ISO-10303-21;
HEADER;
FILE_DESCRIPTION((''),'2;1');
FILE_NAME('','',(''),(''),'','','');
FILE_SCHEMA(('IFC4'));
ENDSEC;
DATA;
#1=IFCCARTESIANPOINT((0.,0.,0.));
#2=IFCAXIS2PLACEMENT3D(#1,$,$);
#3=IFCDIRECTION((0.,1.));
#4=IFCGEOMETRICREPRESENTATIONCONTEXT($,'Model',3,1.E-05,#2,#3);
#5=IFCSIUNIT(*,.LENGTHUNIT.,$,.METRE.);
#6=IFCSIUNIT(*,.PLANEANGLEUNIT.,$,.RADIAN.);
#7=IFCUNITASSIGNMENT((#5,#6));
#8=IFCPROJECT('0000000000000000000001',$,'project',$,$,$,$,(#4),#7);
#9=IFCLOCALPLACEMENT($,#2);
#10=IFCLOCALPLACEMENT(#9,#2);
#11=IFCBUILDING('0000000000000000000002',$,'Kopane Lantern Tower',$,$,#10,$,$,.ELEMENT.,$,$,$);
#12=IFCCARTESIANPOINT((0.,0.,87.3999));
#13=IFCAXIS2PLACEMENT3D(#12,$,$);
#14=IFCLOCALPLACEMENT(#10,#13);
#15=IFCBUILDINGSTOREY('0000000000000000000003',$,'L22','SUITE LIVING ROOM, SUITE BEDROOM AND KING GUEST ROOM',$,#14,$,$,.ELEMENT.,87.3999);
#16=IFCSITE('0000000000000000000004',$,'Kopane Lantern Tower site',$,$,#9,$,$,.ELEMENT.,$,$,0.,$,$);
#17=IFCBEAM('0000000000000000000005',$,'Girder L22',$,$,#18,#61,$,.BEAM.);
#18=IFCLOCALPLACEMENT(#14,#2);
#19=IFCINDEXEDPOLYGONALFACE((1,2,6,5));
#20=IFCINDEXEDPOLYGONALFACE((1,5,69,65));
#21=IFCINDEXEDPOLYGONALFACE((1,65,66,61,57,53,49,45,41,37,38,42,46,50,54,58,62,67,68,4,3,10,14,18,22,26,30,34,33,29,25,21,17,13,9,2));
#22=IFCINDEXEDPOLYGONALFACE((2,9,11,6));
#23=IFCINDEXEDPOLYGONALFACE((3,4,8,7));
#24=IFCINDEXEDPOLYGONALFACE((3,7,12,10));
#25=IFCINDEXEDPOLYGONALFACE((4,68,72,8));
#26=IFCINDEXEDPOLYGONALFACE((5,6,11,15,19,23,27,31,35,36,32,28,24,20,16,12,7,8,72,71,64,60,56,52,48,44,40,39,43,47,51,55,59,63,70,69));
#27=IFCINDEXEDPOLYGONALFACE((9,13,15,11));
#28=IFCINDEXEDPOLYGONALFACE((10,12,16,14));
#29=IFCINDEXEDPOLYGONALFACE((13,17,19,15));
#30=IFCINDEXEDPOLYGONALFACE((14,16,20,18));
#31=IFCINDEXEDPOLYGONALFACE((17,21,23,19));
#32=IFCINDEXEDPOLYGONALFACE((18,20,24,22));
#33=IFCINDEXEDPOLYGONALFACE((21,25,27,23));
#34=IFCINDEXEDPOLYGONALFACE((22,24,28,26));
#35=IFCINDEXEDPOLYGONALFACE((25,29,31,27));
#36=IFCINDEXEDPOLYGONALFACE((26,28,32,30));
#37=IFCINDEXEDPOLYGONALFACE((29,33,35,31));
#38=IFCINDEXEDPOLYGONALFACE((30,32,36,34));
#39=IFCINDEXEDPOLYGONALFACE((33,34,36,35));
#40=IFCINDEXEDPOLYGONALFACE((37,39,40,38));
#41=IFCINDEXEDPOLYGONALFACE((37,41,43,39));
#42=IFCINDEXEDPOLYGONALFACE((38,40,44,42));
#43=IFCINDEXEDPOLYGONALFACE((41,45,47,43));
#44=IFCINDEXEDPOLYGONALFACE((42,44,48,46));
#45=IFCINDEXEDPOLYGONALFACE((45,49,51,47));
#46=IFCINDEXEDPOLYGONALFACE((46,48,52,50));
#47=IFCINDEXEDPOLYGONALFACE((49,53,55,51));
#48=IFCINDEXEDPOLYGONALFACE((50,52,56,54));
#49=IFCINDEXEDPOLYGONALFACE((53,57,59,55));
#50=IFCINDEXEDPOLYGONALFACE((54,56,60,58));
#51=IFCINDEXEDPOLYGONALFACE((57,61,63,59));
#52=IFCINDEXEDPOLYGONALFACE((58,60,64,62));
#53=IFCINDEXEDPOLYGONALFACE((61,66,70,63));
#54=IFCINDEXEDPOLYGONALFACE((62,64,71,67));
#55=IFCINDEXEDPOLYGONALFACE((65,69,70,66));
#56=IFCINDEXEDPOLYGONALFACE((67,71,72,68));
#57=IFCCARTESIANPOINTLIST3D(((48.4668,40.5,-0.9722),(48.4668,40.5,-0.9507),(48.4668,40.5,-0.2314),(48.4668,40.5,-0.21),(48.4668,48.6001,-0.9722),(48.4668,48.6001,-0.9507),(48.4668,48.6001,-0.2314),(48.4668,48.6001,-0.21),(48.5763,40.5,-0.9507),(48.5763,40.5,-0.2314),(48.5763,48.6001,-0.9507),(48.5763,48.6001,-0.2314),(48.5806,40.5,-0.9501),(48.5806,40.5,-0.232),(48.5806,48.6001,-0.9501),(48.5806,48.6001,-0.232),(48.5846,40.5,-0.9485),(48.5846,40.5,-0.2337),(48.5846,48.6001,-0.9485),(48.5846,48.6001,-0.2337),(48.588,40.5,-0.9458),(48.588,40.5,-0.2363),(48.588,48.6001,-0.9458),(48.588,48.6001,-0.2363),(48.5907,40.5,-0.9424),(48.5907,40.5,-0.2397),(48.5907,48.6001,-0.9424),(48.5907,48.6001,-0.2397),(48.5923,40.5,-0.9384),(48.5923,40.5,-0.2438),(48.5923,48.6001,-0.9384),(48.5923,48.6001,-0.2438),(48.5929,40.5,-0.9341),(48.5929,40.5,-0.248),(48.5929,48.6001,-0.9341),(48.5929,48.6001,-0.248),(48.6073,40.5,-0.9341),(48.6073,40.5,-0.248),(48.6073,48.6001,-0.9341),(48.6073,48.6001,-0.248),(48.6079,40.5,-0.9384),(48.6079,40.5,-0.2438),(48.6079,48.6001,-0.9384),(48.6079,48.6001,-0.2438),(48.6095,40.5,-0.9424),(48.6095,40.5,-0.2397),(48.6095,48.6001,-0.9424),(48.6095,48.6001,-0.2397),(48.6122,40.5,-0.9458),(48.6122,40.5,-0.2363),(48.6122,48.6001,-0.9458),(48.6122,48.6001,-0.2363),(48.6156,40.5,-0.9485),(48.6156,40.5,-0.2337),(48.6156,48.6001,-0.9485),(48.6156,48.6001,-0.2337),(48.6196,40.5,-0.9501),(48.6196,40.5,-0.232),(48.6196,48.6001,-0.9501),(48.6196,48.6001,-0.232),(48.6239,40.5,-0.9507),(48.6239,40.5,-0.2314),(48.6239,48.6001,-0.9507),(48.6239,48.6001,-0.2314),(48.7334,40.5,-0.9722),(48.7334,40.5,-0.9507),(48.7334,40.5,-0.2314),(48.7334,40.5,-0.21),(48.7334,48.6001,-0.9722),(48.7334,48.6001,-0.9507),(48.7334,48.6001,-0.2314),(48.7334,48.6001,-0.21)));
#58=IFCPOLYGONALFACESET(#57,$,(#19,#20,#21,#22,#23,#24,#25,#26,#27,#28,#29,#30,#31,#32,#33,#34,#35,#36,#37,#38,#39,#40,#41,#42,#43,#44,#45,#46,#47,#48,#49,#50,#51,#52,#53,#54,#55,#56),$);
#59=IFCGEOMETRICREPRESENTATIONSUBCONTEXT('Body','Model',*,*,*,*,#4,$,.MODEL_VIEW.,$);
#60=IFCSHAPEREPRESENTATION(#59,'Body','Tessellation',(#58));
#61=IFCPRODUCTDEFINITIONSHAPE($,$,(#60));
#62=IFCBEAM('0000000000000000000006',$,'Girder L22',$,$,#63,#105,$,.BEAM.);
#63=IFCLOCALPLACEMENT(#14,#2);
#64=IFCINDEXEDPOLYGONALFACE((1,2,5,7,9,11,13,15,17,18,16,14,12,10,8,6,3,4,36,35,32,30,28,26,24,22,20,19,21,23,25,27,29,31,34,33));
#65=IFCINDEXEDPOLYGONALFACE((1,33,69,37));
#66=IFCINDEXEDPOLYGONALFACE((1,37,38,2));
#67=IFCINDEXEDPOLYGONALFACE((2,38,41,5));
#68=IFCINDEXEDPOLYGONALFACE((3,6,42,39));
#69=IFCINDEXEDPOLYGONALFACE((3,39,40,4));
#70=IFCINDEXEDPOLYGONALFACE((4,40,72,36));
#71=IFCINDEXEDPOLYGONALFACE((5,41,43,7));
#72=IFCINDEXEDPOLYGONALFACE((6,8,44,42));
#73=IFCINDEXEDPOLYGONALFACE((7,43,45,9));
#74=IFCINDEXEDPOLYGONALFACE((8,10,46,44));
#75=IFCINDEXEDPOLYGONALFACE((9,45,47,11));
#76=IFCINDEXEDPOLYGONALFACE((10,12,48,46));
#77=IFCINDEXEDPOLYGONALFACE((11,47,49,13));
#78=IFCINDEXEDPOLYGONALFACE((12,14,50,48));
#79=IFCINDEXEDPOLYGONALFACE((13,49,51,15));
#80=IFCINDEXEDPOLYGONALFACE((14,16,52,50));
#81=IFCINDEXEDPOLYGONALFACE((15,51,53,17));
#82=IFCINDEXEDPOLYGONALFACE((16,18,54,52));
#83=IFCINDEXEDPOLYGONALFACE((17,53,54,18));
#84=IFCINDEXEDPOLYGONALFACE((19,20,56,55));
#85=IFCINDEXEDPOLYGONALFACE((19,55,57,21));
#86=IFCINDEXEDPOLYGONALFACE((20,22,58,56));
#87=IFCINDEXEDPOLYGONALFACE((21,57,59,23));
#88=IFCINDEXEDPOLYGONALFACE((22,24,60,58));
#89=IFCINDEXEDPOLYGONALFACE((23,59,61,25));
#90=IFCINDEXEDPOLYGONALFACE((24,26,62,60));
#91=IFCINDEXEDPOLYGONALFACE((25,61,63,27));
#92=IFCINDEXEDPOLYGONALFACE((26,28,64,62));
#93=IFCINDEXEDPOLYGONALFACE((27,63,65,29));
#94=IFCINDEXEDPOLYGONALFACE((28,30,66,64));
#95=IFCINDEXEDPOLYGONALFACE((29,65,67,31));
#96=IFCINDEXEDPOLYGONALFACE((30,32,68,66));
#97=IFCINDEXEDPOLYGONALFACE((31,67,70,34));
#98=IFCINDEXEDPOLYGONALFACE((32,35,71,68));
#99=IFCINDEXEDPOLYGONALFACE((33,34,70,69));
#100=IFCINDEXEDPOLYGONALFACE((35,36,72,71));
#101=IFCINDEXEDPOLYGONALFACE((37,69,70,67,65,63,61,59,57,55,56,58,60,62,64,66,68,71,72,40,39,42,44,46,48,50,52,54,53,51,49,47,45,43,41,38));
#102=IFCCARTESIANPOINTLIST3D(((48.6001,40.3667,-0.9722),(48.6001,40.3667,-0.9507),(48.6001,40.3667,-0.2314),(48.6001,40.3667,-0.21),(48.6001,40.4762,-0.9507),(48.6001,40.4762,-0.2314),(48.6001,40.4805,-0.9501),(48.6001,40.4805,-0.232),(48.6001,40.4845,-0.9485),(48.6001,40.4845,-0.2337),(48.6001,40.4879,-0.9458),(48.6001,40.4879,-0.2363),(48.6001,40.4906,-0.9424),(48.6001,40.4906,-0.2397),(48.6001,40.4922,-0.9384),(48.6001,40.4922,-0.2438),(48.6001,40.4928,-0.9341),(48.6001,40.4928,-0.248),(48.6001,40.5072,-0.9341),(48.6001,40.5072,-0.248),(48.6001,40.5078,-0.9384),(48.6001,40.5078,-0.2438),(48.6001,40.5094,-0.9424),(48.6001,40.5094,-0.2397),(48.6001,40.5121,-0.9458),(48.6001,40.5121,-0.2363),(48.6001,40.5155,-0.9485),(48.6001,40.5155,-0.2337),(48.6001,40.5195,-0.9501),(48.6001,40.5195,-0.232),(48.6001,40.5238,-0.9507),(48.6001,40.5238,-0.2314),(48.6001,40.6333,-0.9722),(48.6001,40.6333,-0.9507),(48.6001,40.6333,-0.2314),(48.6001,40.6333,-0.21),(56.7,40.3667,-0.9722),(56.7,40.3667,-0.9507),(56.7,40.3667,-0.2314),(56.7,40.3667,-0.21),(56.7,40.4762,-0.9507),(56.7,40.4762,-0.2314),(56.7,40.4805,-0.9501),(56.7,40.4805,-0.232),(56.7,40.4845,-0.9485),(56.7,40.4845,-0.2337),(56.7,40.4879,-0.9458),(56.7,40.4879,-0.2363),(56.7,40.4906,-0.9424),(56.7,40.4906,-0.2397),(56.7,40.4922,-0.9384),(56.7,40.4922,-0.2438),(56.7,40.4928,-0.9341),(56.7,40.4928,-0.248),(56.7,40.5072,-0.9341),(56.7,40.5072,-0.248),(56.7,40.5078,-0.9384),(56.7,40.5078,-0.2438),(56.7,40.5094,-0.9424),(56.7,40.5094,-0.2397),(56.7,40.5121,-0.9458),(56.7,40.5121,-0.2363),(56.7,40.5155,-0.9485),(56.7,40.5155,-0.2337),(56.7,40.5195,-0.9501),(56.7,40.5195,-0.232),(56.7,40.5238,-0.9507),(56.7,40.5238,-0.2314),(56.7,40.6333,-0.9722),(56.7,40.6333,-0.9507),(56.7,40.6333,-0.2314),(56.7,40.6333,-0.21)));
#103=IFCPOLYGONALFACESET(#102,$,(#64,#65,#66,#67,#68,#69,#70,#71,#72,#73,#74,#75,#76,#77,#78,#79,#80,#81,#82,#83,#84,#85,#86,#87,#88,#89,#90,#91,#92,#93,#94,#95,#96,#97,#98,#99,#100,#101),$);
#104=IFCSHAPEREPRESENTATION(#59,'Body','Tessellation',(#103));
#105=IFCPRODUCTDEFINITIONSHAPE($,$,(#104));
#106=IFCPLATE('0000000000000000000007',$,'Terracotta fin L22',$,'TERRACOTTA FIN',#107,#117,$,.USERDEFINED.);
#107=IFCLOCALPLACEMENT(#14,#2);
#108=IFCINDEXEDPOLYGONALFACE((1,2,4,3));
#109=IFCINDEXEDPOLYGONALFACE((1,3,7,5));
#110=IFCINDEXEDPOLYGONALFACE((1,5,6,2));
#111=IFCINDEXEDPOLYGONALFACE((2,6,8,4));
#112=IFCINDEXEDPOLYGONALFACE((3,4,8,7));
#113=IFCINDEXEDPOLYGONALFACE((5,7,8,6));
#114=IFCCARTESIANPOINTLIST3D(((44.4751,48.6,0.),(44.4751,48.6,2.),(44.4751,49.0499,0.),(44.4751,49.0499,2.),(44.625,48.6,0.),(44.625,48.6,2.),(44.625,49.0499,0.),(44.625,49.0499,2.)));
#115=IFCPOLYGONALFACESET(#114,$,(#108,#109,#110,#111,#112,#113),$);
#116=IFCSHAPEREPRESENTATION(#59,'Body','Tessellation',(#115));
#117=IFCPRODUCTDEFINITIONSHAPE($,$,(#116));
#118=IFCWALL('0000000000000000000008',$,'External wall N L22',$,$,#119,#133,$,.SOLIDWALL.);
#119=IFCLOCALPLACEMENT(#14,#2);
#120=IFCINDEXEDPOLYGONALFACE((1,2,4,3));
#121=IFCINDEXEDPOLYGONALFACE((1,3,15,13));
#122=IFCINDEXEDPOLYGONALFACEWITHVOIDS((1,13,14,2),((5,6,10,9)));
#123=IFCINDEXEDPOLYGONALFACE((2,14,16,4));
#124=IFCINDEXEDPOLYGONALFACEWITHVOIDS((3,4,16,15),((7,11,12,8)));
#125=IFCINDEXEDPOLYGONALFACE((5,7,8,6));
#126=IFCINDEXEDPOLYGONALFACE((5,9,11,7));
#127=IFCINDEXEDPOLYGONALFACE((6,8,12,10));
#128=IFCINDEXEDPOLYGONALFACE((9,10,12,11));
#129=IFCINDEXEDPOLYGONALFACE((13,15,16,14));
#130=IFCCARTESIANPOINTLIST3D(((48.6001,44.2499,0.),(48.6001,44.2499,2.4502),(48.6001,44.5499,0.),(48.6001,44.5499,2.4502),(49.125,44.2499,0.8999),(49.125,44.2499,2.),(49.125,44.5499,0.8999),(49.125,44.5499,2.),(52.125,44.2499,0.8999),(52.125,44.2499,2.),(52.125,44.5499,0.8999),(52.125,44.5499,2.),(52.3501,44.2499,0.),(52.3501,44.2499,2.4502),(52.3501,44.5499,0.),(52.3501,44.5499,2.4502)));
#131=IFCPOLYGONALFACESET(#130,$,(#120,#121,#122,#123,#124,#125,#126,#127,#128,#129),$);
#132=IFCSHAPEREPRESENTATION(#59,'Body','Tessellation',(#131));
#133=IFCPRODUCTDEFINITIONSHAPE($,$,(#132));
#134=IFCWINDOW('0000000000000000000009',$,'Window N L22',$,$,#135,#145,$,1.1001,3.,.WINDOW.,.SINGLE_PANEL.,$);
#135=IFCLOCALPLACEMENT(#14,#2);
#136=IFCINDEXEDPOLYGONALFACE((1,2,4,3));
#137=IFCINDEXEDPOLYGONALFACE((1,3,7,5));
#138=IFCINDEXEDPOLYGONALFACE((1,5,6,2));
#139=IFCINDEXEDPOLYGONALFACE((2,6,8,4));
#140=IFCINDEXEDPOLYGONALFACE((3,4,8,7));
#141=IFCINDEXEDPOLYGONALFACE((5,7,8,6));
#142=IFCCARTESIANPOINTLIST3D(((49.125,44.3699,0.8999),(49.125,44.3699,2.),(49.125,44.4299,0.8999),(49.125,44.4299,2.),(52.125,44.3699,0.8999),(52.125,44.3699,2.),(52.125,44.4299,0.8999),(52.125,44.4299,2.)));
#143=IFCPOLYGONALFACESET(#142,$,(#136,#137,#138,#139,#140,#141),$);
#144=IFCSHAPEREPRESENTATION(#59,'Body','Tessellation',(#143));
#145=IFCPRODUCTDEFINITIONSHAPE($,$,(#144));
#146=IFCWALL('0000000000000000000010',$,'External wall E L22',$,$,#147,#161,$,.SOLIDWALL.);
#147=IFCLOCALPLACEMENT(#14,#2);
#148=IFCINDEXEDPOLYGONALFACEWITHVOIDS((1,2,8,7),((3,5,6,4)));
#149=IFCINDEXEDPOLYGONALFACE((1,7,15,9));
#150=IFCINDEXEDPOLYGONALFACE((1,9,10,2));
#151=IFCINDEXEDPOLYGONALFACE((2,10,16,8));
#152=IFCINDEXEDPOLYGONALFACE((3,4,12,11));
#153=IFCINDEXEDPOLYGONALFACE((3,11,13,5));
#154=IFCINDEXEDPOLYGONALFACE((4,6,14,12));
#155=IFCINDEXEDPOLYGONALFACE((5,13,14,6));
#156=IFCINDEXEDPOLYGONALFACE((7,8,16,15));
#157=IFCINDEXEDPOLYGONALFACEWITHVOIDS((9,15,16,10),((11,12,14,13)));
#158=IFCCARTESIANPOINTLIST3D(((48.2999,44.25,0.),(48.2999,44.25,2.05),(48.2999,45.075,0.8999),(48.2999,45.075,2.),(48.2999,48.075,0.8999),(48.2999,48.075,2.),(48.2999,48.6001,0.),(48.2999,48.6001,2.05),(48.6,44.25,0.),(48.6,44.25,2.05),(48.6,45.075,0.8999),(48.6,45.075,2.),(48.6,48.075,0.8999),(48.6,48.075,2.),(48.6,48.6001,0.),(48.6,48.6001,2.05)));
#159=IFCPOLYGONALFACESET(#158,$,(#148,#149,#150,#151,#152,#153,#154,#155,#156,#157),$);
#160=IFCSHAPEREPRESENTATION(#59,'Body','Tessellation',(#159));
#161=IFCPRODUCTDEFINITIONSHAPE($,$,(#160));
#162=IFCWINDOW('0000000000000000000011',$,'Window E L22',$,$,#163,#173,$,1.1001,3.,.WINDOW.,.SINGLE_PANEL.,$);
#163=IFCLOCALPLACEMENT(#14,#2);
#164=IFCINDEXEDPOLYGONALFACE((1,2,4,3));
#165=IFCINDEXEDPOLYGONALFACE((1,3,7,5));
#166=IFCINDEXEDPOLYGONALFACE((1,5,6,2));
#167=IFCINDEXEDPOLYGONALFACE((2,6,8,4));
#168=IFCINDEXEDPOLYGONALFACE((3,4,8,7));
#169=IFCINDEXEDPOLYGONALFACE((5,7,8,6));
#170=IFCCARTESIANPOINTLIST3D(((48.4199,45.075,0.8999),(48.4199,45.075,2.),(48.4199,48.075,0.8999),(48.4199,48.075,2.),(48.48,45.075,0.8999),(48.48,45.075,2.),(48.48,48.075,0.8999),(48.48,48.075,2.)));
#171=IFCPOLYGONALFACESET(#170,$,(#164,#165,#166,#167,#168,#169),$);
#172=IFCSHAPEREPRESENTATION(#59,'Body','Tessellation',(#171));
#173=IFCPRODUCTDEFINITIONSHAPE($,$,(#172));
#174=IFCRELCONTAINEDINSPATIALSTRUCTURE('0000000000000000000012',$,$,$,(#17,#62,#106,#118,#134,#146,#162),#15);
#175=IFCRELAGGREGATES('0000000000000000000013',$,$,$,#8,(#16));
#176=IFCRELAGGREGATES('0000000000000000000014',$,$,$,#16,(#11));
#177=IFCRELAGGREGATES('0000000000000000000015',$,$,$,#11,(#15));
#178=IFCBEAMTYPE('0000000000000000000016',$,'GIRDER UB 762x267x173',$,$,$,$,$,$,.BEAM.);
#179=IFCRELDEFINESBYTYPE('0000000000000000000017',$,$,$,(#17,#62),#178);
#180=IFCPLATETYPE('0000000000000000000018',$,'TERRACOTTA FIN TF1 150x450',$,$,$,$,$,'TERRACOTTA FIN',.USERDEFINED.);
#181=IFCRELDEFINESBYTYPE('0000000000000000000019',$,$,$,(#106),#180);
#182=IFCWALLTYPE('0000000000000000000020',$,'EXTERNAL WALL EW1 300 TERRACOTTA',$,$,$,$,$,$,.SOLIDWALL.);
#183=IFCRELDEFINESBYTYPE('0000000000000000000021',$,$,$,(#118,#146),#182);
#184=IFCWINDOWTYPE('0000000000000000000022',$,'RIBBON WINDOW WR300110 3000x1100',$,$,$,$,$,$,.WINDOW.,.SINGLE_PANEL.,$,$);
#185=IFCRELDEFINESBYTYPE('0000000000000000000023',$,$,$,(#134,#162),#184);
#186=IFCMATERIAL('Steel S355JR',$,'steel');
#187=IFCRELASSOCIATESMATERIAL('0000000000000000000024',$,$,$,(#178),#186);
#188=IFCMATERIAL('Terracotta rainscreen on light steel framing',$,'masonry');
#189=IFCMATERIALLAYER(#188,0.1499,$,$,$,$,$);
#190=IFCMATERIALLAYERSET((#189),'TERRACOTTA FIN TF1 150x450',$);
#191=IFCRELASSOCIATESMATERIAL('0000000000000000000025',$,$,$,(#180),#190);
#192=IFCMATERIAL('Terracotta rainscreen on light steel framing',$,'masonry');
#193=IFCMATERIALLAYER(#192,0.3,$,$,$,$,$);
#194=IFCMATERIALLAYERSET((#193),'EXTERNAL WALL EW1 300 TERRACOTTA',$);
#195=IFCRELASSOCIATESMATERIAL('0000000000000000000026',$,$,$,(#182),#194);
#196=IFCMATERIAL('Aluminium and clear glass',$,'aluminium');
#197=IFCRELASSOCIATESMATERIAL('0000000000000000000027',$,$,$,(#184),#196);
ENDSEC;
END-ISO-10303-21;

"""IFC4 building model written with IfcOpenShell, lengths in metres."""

from ifc_helpers import new_model, si_unit, direction, frame, frame_2d, origin, origin_2d, place, context, subcontext, project, spatial, rectangle, i_section, extrude, material, layer, layer_set, material_profile, profile_set, type_object, element, fill, save


model = new_model("IFC4")

# Units and contexts
model_context = context("Model", 3, precision=1e-05, world=origin(), true_north=direction((0.0, 1.0)))
body_context = subcontext(model_context, "Body", "Model", "MODEL_VIEW")
ifc_project = project(units=[si_unit("LENGTHUNIT", "METRE"), si_unit("PLANEANGLEUNIT", "RADIAN")], contexts=[model_context])

# Site, building, storey
site_placement = place(None, origin())
site = spatial("IfcSite", under=ifc_project, at=site_placement, Name="Kopane Lantern Tower site", CompositionType="ELEMENT", RefElevation=0.0)
building_placement = place(site_placement, origin())
building = spatial("IfcBuilding", under=site, at=building_placement, Name="Kopane Lantern Tower", CompositionType="ELEMENT")
storey_placement = place(building_placement, frame((0.0, 0.0, 87.3999)))
storey = spatial("IfcBuildingStorey", under=building, at=storey_placement, Name="L22", Description="SUITE LIVING ROOM, SUITE BEDROOM AND KING GUEST ROOM", CompositionType="ELEMENT", Elevation=87.3999)

# Beams
ifc_material_1 = material(Name="Steel S355JR", Category="steel")
ifc_material_profile_1 = material_profile(ifc_material_1, i_section(OverallWidth=0.2666, OverallDepth=0.7622, WebThickness=0.0144, FlangeThickness=0.0215, FilletRadius=0.0166, at=origin_2d()), Name="UB 762x267x173")
ifc_profile_set_1 = profile_set([ifc_material_profile_1], Name="Steel S355JR")
beam_type_1 = type_object("IfcBeamType", Name="GIRDER UB 762x267x173", PredefinedType="BEAM", material=ifc_profile_set_1)
beam_1_placement = place(storey_placement, frame((48.6001, 40.5, -0.5911), z_axis=(0.0, 1.0, 0.0), x_axis=(-1.0, 0.0, 0.0)))
element("IfcBeam", 1, at=beam_1_placement, inside=storey, type_object=beam_type_1, Name="Girder L22", PredefinedType="BEAM", context=body_context, shape_type="SweptSolid", body=[
    extrude(i_section(OverallWidth=0.2666, OverallDepth=0.7622, WebThickness=0.0144, FlangeThickness=0.0215, FilletRadius=0.0166, at=origin_2d()), origin(), (0.0, 0.0, 1.0), 8.1001),
])
beam_2_placement = place(storey_placement, frame((48.6001, 40.5, -0.5911), z_axis=(1.0, 0.0, 0.0), x_axis=(0.0, 1.0, 0.0)))
element("IfcBeam", 2, at=beam_2_placement, inside=storey, type_object=beam_type_1, Name="Girder L22", PredefinedType="BEAM", context=body_context, shape_type="SweptSolid", body=[
    extrude(i_section(OverallWidth=0.2666, OverallDepth=0.7622, WebThickness=0.0144, FlangeThickness=0.0215, FilletRadius=0.0166, at=origin_2d()), origin(), (0.0, 0.0, 1.0), 8.0999),
])

# Plate
ifc_material_2 = material(Name="Terracotta rainscreen on light steel framing", Category="masonry")
ifc_layer_1 = layer(ifc_material_2, 0.1499)
ifc_layer_set_1 = layer_set([ifc_layer_1], Name="TERRACOTTA FIN TF1 150x450")
plate_type = type_object("IfcPlateType", Name="TERRACOTTA FIN TF1 150x450", ElementType="TERRACOTTA FIN", PredefinedType="USERDEFINED", material=ifc_layer_set_1)
plate_placement = place(storey_placement, frame((44.55, 48.825, 0.0), z_axis=(0.0, 0.0, 1.0), x_axis=(-1.0, 0.0, 0.0)))
element("IfcPlate", 3, at=plate_placement, inside=storey, type_object=plate_type, Name="Terracotta fin L22", ObjectType="TERRACOTTA FIN", PredefinedType="USERDEFINED", context=body_context, shape_type="SweptSolid", body=[
    extrude(rectangle(XDim=0.1499, YDim=0.45, at=origin_2d()), origin(), (0.0, 0.0, 1.0), 2.0),
])

# Walls, openings, windows
ifc_material_3 = material(Name="Terracotta rainscreen on light steel framing", Category="masonry")
ifc_layer_2 = layer(ifc_material_3, 0.3)
ifc_layer_set_2 = layer_set([ifc_layer_2], Name="EXTERNAL WALL EW1 300 TERRACOTTA")
wall_type = type_object("IfcWallType", Name="EXTERNAL WALL EW1 300 TERRACOTTA", PredefinedType="SOLIDWALL", material=ifc_layer_set_2)
wall_1_placement = place(storey_placement, frame((52.3501, 44.3999, 0.0), z_axis=(0.0, 0.0, 1.0), x_axis=(-1.0, 0.0, 0.0)))
wall_1 = element("IfcWall", 4, at=wall_1_placement, inside=storey, type_object=wall_type, Name="External wall N L22", PredefinedType="SOLIDWALL", context=body_context, shape_type="SweptSolid", body=[
    extrude(rectangle(XDim=3.75, YDim=0.3, at=frame_2d((1.875, 0.0))), origin(), (0.0, 0.0, 1.0), 2.4502),
])
opening_1_placement = place(wall_1_placement, frame((0.2251, 0.0, 0.8999)))
opening_1 = element("IfcOpeningElement", 5, at=opening_1_placement, cuts=wall_1, PredefinedType="OPENING", context=body_context, shape_type="SweptSolid", body=[
    extrude(rectangle(XDim=3.0, YDim=1.1001, at=frame_2d((1.5, 0.55))), frame((0.0, 0.1599, 0.0), z_axis=(0.0, -1.0, 0.0), x_axis=(1.0, 0.0, 0.0)), (0.0, 0.0, 1.0), 0.3201),
])
ifc_material_4 = material(Name="Aluminium and clear glass", Category="aluminium")
window_type = type_object("IfcWindowType", Name="RIBBON WINDOW WR300110 3000x1100", PartitioningType="SINGLE_PANEL", PredefinedType="WINDOW", material=ifc_material_4)
window_1_placement = place(opening_1_placement, origin())
window_1 = element("IfcWindow", 6, at=window_1_placement, inside=storey, type_object=window_type, Name="Window N L22", OverallHeight=1.1001, OverallWidth=3.0, PartitioningType="SINGLE_PANEL", PredefinedType="WINDOW", context=body_context, shape_type="SweptSolid", body=[
    extrude(rectangle(XDim=3.0, YDim=1.1001, at=frame_2d((1.5, 0.55))), frame((0.0, 0.03, 0.0), z_axis=(0.0, -1.0, 0.0), x_axis=(1.0, 0.0, 0.0)), (0.0, 0.0, 1.0), 0.0601),
])
fill(opening_1, window_1)
wall_2_placement = place(storey_placement, frame((48.45, 44.25, 0.0), z_axis=(0.0, 0.0, 1.0), x_axis=(0.0, 1.0, 0.0)))
wall_2 = element("IfcWall", 7, at=wall_2_placement, inside=storey, type_object=wall_type, Name="External wall E L22", PredefinedType="SOLIDWALL", context=body_context, shape_type="SweptSolid", body=[
    extrude(rectangle(XDim=4.3501, YDim=0.3, at=frame_2d((2.175, 0.0))), origin(), (0.0, 0.0, 1.0), 2.05),
])
opening_2_placement = place(wall_2_placement, frame((0.825, 0.0, 0.8999)))
opening_2 = element("IfcOpeningElement", 8, at=opening_2_placement, cuts=wall_2, PredefinedType="OPENING", context=body_context, shape_type="SweptSolid", body=[
    extrude(rectangle(XDim=3.0, YDim=1.1001, at=frame_2d((1.5, 0.55))), frame((0.0, 0.1599, 0.0), z_axis=(0.0, -1.0, 0.0), x_axis=(1.0, 0.0, 0.0)), (0.0, 0.0, 1.0), 0.3201),
])
window_2_placement = place(opening_2_placement, origin())
window_2 = element("IfcWindow", 9, at=window_2_placement, inside=storey, type_object=window_type, Name="Window E L22", OverallHeight=1.1001, OverallWidth=3.0, PartitioningType="SINGLE_PANEL", PredefinedType="WINDOW", context=body_context, shape_type="SweptSolid", body=[
    extrude(rectangle(XDim=3.0, YDim=1.1001, at=frame_2d((1.5, 0.55))), frame((0.0, 0.03, 0.0), z_axis=(0.0, -1.0, 0.0), x_axis=(1.0, 0.0, 0.0)), (0.0, 0.0, 1.0), 0.0601),
])
fill(opening_2, window_2)

save(model, "model.ifc")
